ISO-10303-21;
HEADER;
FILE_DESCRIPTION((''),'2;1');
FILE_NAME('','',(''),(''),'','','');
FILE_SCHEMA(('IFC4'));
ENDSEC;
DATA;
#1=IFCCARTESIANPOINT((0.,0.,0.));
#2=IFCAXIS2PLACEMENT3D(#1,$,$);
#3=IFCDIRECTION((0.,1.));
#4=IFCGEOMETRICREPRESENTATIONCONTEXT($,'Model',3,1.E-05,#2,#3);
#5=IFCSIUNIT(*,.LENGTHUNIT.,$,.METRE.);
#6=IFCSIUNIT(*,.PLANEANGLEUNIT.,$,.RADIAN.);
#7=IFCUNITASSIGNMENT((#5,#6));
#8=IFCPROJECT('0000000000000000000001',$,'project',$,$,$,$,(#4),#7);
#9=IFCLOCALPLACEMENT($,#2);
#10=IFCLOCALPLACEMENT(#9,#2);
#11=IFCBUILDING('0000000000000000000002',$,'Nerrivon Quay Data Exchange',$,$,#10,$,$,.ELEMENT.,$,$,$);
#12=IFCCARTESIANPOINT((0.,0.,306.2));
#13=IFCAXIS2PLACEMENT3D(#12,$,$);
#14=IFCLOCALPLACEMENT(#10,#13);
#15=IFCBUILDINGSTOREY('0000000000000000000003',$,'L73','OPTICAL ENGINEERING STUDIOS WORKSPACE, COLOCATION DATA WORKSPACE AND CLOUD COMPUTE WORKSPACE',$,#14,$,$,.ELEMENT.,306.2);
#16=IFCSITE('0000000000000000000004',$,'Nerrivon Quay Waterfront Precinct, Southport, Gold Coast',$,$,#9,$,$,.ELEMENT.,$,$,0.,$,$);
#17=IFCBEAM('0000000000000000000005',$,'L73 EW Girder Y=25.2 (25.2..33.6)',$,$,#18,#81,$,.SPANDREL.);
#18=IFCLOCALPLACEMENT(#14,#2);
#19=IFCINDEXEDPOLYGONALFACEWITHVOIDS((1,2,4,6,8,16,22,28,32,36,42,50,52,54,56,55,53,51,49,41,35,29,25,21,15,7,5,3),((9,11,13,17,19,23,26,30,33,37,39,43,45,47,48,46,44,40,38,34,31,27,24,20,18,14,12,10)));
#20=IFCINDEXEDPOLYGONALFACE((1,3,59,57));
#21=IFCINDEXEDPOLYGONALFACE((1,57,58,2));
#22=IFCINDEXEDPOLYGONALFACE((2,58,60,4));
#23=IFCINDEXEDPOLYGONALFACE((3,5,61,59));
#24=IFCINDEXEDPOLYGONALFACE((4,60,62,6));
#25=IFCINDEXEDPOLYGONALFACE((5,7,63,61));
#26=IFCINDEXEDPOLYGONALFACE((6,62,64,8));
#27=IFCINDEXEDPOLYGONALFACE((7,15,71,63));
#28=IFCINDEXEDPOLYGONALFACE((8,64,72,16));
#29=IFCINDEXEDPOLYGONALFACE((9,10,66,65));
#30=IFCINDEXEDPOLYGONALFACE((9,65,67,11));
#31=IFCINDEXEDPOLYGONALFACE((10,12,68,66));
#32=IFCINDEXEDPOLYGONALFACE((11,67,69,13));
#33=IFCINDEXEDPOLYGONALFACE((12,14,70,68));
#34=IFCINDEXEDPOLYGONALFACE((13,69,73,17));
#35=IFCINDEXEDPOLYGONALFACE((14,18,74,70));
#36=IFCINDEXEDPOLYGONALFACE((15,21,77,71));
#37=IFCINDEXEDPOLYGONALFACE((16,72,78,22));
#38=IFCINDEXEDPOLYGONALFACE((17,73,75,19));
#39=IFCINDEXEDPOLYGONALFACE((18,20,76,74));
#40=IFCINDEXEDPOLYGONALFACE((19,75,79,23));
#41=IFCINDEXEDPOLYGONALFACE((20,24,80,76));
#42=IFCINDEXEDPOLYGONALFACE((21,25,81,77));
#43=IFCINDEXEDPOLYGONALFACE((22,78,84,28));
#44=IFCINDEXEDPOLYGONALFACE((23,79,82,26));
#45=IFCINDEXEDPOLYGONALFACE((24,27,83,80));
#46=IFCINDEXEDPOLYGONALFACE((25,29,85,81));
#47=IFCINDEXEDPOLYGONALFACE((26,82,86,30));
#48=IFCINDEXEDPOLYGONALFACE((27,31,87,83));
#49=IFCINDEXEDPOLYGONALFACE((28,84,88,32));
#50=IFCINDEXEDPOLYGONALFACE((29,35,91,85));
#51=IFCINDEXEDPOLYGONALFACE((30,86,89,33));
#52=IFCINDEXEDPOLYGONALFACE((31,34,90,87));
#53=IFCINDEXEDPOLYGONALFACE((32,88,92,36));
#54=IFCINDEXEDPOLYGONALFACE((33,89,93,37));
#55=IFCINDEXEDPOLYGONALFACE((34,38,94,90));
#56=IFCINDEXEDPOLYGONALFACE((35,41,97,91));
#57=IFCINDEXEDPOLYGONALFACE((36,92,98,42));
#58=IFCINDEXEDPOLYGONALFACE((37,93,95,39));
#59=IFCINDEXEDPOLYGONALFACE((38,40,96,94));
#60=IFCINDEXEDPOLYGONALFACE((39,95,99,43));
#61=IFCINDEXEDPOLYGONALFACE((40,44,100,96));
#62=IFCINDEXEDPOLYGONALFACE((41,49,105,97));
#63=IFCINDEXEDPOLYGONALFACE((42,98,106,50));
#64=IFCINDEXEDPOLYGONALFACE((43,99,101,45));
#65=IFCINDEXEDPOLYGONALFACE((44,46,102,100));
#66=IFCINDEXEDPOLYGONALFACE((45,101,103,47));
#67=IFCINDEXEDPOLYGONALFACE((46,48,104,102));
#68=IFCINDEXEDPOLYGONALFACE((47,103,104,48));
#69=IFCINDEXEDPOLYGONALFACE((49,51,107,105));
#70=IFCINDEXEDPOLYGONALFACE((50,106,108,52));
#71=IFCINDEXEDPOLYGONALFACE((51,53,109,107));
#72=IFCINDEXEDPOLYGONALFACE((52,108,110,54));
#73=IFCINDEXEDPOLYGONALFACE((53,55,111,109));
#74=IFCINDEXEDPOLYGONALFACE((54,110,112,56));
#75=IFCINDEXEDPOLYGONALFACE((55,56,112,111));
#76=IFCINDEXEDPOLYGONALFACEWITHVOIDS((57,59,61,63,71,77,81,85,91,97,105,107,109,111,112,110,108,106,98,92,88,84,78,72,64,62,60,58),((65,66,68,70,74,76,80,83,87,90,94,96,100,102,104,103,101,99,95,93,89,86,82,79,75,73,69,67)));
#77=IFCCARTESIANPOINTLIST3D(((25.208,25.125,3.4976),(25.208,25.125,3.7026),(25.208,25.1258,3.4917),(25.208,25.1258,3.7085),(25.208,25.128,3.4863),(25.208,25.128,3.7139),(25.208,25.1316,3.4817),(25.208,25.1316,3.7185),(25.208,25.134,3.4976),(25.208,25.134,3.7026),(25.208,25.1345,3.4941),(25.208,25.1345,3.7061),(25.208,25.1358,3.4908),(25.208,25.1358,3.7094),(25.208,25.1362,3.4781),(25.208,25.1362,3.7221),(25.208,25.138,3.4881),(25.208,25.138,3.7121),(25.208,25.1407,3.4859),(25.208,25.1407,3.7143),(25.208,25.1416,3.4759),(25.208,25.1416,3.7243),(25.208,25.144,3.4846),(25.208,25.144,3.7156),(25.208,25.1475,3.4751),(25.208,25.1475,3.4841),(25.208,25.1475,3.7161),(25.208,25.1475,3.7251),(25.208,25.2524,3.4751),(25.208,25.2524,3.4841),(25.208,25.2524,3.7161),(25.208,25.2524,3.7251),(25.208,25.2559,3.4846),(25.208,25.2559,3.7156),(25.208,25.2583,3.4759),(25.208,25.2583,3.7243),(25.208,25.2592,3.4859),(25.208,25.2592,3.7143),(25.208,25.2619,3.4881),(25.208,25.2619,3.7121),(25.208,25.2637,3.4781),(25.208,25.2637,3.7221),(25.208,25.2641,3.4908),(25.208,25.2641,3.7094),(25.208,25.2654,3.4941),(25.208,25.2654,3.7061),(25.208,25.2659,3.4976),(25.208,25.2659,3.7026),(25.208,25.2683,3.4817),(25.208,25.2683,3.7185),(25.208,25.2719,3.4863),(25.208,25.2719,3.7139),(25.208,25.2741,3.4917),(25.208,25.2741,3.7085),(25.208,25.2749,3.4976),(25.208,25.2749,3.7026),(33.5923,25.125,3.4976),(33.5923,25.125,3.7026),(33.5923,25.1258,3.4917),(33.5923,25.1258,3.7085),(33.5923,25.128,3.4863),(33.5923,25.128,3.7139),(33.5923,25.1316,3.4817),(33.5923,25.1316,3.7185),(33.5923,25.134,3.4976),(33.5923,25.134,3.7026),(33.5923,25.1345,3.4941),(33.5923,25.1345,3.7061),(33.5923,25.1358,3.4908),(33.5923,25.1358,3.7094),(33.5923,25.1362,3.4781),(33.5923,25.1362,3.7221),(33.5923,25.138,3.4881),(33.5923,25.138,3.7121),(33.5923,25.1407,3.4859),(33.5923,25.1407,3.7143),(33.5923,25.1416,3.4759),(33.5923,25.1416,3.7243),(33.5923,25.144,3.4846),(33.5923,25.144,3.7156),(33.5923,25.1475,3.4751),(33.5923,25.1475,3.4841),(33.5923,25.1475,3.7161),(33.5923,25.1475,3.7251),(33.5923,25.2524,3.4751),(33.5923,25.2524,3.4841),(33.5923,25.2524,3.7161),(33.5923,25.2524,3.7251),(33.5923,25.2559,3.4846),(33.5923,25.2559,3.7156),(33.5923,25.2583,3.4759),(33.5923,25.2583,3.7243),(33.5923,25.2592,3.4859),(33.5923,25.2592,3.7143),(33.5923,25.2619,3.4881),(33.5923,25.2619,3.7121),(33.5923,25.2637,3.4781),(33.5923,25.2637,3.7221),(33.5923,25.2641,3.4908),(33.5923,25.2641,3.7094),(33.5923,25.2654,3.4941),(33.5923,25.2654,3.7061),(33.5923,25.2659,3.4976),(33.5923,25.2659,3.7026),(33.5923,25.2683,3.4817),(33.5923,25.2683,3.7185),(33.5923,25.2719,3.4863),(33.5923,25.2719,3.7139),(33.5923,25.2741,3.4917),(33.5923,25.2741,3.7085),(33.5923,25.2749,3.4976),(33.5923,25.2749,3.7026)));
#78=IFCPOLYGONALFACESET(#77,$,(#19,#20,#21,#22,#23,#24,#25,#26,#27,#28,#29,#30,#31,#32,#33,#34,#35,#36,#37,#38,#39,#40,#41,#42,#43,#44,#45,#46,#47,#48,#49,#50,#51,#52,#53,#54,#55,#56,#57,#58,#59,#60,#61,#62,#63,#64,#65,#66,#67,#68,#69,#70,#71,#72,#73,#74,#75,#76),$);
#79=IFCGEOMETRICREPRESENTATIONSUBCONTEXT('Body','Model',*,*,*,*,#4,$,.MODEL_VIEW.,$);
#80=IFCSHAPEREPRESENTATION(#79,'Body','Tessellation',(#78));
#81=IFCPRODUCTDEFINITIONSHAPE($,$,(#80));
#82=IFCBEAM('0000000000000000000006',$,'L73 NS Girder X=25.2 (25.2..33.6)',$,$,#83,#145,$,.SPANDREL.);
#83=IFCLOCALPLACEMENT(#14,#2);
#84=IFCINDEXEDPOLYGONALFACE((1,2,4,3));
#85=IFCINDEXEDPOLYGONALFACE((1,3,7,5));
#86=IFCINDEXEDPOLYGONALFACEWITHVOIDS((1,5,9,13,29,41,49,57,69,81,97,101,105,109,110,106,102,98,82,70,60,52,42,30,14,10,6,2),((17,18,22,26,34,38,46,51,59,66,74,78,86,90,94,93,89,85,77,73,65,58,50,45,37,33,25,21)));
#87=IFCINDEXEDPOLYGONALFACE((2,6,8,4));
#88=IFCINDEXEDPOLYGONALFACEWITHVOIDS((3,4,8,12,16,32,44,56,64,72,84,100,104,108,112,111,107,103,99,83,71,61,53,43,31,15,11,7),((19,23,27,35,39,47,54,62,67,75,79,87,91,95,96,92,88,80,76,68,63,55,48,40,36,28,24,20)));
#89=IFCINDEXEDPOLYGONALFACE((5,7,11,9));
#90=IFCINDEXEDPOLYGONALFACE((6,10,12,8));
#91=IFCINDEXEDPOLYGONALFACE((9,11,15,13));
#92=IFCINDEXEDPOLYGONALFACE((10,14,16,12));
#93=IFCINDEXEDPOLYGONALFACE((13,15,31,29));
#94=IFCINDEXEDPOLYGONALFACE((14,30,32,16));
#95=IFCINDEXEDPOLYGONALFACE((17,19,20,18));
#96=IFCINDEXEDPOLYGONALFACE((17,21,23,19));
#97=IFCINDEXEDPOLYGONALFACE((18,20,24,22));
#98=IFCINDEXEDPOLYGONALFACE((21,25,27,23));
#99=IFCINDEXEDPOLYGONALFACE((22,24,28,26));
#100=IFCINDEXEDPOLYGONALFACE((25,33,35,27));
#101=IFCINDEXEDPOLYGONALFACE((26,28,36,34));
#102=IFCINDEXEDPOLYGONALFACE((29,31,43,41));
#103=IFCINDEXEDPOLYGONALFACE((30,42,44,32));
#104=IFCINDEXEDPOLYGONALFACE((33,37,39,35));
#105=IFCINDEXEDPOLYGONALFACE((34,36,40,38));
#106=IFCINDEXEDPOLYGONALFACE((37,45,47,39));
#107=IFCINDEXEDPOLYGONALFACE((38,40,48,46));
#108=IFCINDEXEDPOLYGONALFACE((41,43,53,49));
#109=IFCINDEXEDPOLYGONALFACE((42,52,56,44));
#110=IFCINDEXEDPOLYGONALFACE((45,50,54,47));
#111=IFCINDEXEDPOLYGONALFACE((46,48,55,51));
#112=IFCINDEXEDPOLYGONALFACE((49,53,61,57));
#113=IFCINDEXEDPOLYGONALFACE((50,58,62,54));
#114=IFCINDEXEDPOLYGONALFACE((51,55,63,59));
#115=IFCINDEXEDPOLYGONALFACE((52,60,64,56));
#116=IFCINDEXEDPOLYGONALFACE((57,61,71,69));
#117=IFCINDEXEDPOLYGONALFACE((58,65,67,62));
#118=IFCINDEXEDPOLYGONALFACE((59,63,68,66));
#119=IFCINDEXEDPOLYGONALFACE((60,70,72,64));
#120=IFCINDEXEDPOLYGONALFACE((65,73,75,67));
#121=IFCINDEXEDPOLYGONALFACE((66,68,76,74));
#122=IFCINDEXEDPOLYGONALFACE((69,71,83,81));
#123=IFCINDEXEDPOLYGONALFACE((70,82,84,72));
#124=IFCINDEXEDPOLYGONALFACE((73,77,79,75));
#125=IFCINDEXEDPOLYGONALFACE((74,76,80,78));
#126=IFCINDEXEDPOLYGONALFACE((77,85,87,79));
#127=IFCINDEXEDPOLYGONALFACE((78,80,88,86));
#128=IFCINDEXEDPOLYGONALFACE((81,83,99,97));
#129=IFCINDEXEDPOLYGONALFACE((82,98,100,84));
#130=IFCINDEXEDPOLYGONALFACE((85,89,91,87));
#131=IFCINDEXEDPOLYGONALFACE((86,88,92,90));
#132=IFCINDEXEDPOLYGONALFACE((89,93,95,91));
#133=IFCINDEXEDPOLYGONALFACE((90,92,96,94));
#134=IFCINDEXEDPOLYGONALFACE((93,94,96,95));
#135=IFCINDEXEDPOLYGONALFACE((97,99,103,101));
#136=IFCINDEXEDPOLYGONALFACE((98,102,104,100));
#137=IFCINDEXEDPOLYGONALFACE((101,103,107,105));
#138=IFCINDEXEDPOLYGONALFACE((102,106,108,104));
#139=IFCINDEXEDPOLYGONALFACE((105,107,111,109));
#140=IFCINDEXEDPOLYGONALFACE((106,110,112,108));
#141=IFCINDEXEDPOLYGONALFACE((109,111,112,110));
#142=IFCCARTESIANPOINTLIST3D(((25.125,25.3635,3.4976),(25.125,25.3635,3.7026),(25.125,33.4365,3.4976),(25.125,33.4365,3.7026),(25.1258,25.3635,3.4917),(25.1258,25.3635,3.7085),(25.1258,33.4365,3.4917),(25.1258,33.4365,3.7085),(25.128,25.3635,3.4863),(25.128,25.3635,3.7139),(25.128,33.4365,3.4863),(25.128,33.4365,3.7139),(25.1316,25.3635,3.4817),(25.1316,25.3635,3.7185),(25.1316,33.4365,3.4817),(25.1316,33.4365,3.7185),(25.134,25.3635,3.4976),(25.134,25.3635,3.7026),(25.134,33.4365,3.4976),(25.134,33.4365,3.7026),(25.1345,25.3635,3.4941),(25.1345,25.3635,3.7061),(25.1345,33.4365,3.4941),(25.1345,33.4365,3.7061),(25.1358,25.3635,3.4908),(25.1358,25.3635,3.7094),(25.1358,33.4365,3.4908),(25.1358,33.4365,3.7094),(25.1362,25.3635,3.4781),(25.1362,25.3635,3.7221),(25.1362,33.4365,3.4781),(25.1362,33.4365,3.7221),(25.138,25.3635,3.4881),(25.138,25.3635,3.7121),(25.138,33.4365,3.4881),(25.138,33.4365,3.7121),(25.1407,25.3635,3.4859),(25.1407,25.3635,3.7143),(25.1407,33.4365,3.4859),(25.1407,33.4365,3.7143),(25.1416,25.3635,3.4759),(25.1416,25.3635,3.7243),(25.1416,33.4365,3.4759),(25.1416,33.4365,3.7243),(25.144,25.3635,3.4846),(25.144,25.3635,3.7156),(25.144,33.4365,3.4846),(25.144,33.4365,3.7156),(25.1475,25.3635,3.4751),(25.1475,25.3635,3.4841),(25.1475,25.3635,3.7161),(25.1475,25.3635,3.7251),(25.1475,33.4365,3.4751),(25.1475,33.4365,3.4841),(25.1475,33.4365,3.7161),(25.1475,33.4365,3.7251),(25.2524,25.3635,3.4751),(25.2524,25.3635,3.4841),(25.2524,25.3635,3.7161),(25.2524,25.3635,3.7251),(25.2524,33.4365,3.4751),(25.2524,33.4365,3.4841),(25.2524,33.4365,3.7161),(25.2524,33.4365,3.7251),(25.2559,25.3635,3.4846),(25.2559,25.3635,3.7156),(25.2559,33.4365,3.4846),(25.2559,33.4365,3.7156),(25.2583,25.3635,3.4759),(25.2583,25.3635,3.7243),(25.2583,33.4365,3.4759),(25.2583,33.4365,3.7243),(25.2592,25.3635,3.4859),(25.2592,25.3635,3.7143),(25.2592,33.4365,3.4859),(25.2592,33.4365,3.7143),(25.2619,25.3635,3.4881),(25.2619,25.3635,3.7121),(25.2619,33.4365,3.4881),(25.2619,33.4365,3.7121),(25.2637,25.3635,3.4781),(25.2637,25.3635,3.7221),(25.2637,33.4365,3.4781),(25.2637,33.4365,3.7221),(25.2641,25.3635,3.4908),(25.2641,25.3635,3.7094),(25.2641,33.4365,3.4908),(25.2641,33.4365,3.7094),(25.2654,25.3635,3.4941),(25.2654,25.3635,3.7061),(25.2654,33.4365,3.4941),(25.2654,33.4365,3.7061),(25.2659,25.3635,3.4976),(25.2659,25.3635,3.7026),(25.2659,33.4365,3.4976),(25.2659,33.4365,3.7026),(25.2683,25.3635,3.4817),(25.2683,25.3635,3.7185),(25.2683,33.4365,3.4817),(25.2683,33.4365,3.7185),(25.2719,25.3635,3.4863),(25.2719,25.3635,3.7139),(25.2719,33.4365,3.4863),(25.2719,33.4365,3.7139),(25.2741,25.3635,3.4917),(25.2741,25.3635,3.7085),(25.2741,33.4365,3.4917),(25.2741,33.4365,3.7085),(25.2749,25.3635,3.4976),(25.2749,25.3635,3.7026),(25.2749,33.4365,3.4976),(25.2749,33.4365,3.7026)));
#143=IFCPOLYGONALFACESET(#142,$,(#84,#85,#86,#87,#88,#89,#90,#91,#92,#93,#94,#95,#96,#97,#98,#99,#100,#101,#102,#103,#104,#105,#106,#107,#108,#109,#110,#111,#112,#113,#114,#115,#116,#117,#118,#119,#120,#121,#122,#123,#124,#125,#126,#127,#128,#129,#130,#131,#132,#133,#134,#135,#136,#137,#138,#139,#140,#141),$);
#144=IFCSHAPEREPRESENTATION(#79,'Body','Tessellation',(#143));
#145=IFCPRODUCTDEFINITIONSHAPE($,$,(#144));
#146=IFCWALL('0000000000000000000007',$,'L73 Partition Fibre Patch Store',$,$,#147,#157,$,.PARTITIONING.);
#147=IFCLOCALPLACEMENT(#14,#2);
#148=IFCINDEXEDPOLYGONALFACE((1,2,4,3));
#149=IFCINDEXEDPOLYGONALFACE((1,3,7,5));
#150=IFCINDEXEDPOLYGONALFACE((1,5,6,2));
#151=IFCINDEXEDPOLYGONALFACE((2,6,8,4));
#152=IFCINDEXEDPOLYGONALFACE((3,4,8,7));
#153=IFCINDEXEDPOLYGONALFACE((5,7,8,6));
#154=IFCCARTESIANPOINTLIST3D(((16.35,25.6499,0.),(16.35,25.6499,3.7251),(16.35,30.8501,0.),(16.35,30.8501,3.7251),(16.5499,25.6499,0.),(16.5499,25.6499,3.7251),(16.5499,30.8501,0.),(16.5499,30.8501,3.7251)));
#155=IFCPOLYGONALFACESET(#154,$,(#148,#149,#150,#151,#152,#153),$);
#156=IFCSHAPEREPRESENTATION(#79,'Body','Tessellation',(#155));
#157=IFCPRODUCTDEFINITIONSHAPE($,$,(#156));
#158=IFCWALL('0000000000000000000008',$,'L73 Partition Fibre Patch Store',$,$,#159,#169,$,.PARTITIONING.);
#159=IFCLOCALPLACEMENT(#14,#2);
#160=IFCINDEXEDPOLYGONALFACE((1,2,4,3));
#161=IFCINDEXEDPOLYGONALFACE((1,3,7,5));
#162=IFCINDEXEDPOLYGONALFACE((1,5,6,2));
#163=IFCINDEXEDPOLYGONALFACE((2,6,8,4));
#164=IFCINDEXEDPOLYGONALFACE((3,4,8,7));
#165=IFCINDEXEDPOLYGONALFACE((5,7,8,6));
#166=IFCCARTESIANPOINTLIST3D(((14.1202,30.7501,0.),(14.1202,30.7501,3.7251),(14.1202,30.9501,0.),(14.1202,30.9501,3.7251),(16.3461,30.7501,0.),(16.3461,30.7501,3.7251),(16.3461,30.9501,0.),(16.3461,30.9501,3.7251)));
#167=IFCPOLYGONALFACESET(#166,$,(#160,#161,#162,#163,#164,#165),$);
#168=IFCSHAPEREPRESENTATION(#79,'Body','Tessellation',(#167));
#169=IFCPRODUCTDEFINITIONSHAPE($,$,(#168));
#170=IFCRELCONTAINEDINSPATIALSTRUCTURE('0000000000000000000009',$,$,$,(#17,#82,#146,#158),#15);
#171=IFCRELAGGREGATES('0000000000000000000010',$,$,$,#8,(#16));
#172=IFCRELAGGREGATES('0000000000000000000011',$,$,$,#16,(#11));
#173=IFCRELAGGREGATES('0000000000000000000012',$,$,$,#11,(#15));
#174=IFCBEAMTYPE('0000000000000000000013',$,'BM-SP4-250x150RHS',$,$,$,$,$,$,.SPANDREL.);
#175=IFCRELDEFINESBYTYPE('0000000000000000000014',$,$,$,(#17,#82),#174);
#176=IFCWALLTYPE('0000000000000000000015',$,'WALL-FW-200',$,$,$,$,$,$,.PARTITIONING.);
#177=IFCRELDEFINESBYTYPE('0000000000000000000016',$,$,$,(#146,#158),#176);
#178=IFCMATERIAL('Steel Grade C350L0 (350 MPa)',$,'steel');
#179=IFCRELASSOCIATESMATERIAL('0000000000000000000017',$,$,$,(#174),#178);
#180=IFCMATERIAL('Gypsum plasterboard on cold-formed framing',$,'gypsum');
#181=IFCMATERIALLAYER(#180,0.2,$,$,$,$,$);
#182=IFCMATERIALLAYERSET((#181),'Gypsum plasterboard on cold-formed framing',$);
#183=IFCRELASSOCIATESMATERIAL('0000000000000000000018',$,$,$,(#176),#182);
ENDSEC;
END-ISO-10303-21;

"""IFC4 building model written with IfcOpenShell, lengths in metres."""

from ifc_helpers import new_model, si_unit, direction, frame, frame_2d, origin, origin_2d, place, context, subcontext, project, spatial, rectangle, hollow_rectangle, extrude, material, layer, layer_set, material_profile, profile_set, type_object, element, save


model = new_model("IFC4")

# Units and contexts
model_context = context("Model", 3, precision=1e-05, world=origin(), true_north=direction((0.0, 1.0)))
body_context = subcontext(model_context, "Body", "Model", "MODEL_VIEW")
ifc_project = project(units=[si_unit("LENGTHUNIT", "METRE"), si_unit("PLANEANGLEUNIT", "RADIAN")], contexts=[model_context])

# Site, building, storey
site_placement = place(None, origin())
site = spatial("IfcSite", under=ifc_project, at=site_placement, Name="Nerrivon Quay Waterfront Precinct, Southport, Gold Coast", CompositionType="ELEMENT", RefElevation=0.0)
building_placement = place(site_placement, origin())
building = spatial("IfcBuilding", under=site, at=building_placement, Name="Nerrivon Quay Data Exchange", CompositionType="ELEMENT")
storey_placement = place(building_placement, frame((0.0, 0.0, 306.2)))
storey = spatial("IfcBuildingStorey", under=building, at=storey_placement, Name="L73", Description="OPTICAL ENGINEERING STUDIOS WORKSPACE, COLOCATION DATA WORKSPACE AND CLOUD COMPUTE WORKSPACE", CompositionType="ELEMENT", Elevation=306.2)

# Beams
ifc_material_1 = material(Name="Steel Grade C350L0 (350 MPa)", Category="steel")
ifc_material_profile_1 = material_profile(ifc_material_1, hollow_rectangle(XDim=0.1499, YDim=0.25, WallThickness=0.009, InnerFilletRadius=0.0134, OuterFilletRadius=0.0225, at=origin_2d()), Name="250x150x9.0RHS")
ifc_profile_set_1 = profile_set([ifc_material_profile_1], Name="Steel Grade C350L0 (350 MPa)")
beam_type_1 = type_object("IfcBeamType", Name="BM-SP4-250x150RHS", PredefinedType="SPANDREL", material=ifc_profile_set_1)
beam_1_placement = place(storey_placement, frame((25.208, 25.2, 3.6001), z_axis=(1.0, 0.0, 0.0), x_axis=(0.0, 1.0, 0.0)))
element("IfcBeam", 1, at=beam_1_placement, inside=storey, type_object=beam_type_1, Name="L73 EW Girder Y=25.2 (25.2..33.6)", PredefinedType="SPANDREL", context=body_context, shape_type="SweptSolid", body=[
    extrude(hollow_rectangle(XDim=0.1499, YDim=0.25, WallThickness=0.009, InnerFilletRadius=0.0134, OuterFilletRadius=0.0225, at=origin_2d()), origin(), (0.0, 0.0, 1.0), 8.3843),
])
beam_2_placement = place(storey_placement, frame((25.2, 25.3635, 3.6001), z_axis=(0.0, 1.0, 0.0), x_axis=(-1.0, 0.0, 0.0)))
element("IfcBeam", 2, at=beam_2_placement, inside=storey, type_object=beam_type_1, Name="L73 NS Girder X=25.2 (25.2..33.6)", PredefinedType="SPANDREL", context=body_context, shape_type="SweptSolid", body=[
    extrude(hollow_rectangle(XDim=0.1499, YDim=0.25, WallThickness=0.009, InnerFilletRadius=0.0134, OuterFilletRadius=0.0225, at=origin_2d()), origin(), (0.0, 0.0, 1.0), 8.073),
])

# Walls
ifc_material_2 = material(Name="Gypsum plasterboard on cold-formed framing", Category="gypsum")
ifc_layer_1 = layer(ifc_material_2, 0.2)
ifc_layer_set_1 = layer_set([ifc_layer_1], Name="Gypsum plasterboard on cold-formed framing")
wall_type_1 = type_object("IfcWallType", Name="WALL-FW-200", PredefinedType="PARTITIONING", material=ifc_layer_set_1)
wall_1_placement = place(storey_placement, frame((16.45, 25.6499, 0.0), z_axis=(0.0, 0.0, 1.0), x_axis=(0.0, 1.0, 0.0)))
element("IfcWall", 3, at=wall_1_placement, inside=storey, type_object=wall_type_1, Name="L73 Partition Fibre Patch Store", PredefinedType="PARTITIONING", context=body_context, shape_type="SweptSolid", body=[
    extrude(rectangle(XDim=5.2002, YDim=0.2, at=frame_2d((2.6001, 0.0))), origin(), (0.0, 0.0, 1.0), 3.7251),
])
wall_2_placement = place(storey_placement, frame((16.3459, 30.8501, 0.0), z_axis=(0.0, 0.0, 1.0), x_axis=(-1.0, 0.0, 0.0)))
element("IfcWall", 4, at=wall_2_placement, inside=storey, type_object=wall_type_1, Name="L73 Partition Fibre Patch Store", PredefinedType="PARTITIONING", context=body_context, shape_type="SweptSolid", body=[
    extrude(rectangle(XDim=2.2258, YDim=0.2, at=frame_2d((1.1128, 0.0))), origin(), (0.0, 0.0, 1.0), 3.7251),
])

save(model, "model.ifc")
